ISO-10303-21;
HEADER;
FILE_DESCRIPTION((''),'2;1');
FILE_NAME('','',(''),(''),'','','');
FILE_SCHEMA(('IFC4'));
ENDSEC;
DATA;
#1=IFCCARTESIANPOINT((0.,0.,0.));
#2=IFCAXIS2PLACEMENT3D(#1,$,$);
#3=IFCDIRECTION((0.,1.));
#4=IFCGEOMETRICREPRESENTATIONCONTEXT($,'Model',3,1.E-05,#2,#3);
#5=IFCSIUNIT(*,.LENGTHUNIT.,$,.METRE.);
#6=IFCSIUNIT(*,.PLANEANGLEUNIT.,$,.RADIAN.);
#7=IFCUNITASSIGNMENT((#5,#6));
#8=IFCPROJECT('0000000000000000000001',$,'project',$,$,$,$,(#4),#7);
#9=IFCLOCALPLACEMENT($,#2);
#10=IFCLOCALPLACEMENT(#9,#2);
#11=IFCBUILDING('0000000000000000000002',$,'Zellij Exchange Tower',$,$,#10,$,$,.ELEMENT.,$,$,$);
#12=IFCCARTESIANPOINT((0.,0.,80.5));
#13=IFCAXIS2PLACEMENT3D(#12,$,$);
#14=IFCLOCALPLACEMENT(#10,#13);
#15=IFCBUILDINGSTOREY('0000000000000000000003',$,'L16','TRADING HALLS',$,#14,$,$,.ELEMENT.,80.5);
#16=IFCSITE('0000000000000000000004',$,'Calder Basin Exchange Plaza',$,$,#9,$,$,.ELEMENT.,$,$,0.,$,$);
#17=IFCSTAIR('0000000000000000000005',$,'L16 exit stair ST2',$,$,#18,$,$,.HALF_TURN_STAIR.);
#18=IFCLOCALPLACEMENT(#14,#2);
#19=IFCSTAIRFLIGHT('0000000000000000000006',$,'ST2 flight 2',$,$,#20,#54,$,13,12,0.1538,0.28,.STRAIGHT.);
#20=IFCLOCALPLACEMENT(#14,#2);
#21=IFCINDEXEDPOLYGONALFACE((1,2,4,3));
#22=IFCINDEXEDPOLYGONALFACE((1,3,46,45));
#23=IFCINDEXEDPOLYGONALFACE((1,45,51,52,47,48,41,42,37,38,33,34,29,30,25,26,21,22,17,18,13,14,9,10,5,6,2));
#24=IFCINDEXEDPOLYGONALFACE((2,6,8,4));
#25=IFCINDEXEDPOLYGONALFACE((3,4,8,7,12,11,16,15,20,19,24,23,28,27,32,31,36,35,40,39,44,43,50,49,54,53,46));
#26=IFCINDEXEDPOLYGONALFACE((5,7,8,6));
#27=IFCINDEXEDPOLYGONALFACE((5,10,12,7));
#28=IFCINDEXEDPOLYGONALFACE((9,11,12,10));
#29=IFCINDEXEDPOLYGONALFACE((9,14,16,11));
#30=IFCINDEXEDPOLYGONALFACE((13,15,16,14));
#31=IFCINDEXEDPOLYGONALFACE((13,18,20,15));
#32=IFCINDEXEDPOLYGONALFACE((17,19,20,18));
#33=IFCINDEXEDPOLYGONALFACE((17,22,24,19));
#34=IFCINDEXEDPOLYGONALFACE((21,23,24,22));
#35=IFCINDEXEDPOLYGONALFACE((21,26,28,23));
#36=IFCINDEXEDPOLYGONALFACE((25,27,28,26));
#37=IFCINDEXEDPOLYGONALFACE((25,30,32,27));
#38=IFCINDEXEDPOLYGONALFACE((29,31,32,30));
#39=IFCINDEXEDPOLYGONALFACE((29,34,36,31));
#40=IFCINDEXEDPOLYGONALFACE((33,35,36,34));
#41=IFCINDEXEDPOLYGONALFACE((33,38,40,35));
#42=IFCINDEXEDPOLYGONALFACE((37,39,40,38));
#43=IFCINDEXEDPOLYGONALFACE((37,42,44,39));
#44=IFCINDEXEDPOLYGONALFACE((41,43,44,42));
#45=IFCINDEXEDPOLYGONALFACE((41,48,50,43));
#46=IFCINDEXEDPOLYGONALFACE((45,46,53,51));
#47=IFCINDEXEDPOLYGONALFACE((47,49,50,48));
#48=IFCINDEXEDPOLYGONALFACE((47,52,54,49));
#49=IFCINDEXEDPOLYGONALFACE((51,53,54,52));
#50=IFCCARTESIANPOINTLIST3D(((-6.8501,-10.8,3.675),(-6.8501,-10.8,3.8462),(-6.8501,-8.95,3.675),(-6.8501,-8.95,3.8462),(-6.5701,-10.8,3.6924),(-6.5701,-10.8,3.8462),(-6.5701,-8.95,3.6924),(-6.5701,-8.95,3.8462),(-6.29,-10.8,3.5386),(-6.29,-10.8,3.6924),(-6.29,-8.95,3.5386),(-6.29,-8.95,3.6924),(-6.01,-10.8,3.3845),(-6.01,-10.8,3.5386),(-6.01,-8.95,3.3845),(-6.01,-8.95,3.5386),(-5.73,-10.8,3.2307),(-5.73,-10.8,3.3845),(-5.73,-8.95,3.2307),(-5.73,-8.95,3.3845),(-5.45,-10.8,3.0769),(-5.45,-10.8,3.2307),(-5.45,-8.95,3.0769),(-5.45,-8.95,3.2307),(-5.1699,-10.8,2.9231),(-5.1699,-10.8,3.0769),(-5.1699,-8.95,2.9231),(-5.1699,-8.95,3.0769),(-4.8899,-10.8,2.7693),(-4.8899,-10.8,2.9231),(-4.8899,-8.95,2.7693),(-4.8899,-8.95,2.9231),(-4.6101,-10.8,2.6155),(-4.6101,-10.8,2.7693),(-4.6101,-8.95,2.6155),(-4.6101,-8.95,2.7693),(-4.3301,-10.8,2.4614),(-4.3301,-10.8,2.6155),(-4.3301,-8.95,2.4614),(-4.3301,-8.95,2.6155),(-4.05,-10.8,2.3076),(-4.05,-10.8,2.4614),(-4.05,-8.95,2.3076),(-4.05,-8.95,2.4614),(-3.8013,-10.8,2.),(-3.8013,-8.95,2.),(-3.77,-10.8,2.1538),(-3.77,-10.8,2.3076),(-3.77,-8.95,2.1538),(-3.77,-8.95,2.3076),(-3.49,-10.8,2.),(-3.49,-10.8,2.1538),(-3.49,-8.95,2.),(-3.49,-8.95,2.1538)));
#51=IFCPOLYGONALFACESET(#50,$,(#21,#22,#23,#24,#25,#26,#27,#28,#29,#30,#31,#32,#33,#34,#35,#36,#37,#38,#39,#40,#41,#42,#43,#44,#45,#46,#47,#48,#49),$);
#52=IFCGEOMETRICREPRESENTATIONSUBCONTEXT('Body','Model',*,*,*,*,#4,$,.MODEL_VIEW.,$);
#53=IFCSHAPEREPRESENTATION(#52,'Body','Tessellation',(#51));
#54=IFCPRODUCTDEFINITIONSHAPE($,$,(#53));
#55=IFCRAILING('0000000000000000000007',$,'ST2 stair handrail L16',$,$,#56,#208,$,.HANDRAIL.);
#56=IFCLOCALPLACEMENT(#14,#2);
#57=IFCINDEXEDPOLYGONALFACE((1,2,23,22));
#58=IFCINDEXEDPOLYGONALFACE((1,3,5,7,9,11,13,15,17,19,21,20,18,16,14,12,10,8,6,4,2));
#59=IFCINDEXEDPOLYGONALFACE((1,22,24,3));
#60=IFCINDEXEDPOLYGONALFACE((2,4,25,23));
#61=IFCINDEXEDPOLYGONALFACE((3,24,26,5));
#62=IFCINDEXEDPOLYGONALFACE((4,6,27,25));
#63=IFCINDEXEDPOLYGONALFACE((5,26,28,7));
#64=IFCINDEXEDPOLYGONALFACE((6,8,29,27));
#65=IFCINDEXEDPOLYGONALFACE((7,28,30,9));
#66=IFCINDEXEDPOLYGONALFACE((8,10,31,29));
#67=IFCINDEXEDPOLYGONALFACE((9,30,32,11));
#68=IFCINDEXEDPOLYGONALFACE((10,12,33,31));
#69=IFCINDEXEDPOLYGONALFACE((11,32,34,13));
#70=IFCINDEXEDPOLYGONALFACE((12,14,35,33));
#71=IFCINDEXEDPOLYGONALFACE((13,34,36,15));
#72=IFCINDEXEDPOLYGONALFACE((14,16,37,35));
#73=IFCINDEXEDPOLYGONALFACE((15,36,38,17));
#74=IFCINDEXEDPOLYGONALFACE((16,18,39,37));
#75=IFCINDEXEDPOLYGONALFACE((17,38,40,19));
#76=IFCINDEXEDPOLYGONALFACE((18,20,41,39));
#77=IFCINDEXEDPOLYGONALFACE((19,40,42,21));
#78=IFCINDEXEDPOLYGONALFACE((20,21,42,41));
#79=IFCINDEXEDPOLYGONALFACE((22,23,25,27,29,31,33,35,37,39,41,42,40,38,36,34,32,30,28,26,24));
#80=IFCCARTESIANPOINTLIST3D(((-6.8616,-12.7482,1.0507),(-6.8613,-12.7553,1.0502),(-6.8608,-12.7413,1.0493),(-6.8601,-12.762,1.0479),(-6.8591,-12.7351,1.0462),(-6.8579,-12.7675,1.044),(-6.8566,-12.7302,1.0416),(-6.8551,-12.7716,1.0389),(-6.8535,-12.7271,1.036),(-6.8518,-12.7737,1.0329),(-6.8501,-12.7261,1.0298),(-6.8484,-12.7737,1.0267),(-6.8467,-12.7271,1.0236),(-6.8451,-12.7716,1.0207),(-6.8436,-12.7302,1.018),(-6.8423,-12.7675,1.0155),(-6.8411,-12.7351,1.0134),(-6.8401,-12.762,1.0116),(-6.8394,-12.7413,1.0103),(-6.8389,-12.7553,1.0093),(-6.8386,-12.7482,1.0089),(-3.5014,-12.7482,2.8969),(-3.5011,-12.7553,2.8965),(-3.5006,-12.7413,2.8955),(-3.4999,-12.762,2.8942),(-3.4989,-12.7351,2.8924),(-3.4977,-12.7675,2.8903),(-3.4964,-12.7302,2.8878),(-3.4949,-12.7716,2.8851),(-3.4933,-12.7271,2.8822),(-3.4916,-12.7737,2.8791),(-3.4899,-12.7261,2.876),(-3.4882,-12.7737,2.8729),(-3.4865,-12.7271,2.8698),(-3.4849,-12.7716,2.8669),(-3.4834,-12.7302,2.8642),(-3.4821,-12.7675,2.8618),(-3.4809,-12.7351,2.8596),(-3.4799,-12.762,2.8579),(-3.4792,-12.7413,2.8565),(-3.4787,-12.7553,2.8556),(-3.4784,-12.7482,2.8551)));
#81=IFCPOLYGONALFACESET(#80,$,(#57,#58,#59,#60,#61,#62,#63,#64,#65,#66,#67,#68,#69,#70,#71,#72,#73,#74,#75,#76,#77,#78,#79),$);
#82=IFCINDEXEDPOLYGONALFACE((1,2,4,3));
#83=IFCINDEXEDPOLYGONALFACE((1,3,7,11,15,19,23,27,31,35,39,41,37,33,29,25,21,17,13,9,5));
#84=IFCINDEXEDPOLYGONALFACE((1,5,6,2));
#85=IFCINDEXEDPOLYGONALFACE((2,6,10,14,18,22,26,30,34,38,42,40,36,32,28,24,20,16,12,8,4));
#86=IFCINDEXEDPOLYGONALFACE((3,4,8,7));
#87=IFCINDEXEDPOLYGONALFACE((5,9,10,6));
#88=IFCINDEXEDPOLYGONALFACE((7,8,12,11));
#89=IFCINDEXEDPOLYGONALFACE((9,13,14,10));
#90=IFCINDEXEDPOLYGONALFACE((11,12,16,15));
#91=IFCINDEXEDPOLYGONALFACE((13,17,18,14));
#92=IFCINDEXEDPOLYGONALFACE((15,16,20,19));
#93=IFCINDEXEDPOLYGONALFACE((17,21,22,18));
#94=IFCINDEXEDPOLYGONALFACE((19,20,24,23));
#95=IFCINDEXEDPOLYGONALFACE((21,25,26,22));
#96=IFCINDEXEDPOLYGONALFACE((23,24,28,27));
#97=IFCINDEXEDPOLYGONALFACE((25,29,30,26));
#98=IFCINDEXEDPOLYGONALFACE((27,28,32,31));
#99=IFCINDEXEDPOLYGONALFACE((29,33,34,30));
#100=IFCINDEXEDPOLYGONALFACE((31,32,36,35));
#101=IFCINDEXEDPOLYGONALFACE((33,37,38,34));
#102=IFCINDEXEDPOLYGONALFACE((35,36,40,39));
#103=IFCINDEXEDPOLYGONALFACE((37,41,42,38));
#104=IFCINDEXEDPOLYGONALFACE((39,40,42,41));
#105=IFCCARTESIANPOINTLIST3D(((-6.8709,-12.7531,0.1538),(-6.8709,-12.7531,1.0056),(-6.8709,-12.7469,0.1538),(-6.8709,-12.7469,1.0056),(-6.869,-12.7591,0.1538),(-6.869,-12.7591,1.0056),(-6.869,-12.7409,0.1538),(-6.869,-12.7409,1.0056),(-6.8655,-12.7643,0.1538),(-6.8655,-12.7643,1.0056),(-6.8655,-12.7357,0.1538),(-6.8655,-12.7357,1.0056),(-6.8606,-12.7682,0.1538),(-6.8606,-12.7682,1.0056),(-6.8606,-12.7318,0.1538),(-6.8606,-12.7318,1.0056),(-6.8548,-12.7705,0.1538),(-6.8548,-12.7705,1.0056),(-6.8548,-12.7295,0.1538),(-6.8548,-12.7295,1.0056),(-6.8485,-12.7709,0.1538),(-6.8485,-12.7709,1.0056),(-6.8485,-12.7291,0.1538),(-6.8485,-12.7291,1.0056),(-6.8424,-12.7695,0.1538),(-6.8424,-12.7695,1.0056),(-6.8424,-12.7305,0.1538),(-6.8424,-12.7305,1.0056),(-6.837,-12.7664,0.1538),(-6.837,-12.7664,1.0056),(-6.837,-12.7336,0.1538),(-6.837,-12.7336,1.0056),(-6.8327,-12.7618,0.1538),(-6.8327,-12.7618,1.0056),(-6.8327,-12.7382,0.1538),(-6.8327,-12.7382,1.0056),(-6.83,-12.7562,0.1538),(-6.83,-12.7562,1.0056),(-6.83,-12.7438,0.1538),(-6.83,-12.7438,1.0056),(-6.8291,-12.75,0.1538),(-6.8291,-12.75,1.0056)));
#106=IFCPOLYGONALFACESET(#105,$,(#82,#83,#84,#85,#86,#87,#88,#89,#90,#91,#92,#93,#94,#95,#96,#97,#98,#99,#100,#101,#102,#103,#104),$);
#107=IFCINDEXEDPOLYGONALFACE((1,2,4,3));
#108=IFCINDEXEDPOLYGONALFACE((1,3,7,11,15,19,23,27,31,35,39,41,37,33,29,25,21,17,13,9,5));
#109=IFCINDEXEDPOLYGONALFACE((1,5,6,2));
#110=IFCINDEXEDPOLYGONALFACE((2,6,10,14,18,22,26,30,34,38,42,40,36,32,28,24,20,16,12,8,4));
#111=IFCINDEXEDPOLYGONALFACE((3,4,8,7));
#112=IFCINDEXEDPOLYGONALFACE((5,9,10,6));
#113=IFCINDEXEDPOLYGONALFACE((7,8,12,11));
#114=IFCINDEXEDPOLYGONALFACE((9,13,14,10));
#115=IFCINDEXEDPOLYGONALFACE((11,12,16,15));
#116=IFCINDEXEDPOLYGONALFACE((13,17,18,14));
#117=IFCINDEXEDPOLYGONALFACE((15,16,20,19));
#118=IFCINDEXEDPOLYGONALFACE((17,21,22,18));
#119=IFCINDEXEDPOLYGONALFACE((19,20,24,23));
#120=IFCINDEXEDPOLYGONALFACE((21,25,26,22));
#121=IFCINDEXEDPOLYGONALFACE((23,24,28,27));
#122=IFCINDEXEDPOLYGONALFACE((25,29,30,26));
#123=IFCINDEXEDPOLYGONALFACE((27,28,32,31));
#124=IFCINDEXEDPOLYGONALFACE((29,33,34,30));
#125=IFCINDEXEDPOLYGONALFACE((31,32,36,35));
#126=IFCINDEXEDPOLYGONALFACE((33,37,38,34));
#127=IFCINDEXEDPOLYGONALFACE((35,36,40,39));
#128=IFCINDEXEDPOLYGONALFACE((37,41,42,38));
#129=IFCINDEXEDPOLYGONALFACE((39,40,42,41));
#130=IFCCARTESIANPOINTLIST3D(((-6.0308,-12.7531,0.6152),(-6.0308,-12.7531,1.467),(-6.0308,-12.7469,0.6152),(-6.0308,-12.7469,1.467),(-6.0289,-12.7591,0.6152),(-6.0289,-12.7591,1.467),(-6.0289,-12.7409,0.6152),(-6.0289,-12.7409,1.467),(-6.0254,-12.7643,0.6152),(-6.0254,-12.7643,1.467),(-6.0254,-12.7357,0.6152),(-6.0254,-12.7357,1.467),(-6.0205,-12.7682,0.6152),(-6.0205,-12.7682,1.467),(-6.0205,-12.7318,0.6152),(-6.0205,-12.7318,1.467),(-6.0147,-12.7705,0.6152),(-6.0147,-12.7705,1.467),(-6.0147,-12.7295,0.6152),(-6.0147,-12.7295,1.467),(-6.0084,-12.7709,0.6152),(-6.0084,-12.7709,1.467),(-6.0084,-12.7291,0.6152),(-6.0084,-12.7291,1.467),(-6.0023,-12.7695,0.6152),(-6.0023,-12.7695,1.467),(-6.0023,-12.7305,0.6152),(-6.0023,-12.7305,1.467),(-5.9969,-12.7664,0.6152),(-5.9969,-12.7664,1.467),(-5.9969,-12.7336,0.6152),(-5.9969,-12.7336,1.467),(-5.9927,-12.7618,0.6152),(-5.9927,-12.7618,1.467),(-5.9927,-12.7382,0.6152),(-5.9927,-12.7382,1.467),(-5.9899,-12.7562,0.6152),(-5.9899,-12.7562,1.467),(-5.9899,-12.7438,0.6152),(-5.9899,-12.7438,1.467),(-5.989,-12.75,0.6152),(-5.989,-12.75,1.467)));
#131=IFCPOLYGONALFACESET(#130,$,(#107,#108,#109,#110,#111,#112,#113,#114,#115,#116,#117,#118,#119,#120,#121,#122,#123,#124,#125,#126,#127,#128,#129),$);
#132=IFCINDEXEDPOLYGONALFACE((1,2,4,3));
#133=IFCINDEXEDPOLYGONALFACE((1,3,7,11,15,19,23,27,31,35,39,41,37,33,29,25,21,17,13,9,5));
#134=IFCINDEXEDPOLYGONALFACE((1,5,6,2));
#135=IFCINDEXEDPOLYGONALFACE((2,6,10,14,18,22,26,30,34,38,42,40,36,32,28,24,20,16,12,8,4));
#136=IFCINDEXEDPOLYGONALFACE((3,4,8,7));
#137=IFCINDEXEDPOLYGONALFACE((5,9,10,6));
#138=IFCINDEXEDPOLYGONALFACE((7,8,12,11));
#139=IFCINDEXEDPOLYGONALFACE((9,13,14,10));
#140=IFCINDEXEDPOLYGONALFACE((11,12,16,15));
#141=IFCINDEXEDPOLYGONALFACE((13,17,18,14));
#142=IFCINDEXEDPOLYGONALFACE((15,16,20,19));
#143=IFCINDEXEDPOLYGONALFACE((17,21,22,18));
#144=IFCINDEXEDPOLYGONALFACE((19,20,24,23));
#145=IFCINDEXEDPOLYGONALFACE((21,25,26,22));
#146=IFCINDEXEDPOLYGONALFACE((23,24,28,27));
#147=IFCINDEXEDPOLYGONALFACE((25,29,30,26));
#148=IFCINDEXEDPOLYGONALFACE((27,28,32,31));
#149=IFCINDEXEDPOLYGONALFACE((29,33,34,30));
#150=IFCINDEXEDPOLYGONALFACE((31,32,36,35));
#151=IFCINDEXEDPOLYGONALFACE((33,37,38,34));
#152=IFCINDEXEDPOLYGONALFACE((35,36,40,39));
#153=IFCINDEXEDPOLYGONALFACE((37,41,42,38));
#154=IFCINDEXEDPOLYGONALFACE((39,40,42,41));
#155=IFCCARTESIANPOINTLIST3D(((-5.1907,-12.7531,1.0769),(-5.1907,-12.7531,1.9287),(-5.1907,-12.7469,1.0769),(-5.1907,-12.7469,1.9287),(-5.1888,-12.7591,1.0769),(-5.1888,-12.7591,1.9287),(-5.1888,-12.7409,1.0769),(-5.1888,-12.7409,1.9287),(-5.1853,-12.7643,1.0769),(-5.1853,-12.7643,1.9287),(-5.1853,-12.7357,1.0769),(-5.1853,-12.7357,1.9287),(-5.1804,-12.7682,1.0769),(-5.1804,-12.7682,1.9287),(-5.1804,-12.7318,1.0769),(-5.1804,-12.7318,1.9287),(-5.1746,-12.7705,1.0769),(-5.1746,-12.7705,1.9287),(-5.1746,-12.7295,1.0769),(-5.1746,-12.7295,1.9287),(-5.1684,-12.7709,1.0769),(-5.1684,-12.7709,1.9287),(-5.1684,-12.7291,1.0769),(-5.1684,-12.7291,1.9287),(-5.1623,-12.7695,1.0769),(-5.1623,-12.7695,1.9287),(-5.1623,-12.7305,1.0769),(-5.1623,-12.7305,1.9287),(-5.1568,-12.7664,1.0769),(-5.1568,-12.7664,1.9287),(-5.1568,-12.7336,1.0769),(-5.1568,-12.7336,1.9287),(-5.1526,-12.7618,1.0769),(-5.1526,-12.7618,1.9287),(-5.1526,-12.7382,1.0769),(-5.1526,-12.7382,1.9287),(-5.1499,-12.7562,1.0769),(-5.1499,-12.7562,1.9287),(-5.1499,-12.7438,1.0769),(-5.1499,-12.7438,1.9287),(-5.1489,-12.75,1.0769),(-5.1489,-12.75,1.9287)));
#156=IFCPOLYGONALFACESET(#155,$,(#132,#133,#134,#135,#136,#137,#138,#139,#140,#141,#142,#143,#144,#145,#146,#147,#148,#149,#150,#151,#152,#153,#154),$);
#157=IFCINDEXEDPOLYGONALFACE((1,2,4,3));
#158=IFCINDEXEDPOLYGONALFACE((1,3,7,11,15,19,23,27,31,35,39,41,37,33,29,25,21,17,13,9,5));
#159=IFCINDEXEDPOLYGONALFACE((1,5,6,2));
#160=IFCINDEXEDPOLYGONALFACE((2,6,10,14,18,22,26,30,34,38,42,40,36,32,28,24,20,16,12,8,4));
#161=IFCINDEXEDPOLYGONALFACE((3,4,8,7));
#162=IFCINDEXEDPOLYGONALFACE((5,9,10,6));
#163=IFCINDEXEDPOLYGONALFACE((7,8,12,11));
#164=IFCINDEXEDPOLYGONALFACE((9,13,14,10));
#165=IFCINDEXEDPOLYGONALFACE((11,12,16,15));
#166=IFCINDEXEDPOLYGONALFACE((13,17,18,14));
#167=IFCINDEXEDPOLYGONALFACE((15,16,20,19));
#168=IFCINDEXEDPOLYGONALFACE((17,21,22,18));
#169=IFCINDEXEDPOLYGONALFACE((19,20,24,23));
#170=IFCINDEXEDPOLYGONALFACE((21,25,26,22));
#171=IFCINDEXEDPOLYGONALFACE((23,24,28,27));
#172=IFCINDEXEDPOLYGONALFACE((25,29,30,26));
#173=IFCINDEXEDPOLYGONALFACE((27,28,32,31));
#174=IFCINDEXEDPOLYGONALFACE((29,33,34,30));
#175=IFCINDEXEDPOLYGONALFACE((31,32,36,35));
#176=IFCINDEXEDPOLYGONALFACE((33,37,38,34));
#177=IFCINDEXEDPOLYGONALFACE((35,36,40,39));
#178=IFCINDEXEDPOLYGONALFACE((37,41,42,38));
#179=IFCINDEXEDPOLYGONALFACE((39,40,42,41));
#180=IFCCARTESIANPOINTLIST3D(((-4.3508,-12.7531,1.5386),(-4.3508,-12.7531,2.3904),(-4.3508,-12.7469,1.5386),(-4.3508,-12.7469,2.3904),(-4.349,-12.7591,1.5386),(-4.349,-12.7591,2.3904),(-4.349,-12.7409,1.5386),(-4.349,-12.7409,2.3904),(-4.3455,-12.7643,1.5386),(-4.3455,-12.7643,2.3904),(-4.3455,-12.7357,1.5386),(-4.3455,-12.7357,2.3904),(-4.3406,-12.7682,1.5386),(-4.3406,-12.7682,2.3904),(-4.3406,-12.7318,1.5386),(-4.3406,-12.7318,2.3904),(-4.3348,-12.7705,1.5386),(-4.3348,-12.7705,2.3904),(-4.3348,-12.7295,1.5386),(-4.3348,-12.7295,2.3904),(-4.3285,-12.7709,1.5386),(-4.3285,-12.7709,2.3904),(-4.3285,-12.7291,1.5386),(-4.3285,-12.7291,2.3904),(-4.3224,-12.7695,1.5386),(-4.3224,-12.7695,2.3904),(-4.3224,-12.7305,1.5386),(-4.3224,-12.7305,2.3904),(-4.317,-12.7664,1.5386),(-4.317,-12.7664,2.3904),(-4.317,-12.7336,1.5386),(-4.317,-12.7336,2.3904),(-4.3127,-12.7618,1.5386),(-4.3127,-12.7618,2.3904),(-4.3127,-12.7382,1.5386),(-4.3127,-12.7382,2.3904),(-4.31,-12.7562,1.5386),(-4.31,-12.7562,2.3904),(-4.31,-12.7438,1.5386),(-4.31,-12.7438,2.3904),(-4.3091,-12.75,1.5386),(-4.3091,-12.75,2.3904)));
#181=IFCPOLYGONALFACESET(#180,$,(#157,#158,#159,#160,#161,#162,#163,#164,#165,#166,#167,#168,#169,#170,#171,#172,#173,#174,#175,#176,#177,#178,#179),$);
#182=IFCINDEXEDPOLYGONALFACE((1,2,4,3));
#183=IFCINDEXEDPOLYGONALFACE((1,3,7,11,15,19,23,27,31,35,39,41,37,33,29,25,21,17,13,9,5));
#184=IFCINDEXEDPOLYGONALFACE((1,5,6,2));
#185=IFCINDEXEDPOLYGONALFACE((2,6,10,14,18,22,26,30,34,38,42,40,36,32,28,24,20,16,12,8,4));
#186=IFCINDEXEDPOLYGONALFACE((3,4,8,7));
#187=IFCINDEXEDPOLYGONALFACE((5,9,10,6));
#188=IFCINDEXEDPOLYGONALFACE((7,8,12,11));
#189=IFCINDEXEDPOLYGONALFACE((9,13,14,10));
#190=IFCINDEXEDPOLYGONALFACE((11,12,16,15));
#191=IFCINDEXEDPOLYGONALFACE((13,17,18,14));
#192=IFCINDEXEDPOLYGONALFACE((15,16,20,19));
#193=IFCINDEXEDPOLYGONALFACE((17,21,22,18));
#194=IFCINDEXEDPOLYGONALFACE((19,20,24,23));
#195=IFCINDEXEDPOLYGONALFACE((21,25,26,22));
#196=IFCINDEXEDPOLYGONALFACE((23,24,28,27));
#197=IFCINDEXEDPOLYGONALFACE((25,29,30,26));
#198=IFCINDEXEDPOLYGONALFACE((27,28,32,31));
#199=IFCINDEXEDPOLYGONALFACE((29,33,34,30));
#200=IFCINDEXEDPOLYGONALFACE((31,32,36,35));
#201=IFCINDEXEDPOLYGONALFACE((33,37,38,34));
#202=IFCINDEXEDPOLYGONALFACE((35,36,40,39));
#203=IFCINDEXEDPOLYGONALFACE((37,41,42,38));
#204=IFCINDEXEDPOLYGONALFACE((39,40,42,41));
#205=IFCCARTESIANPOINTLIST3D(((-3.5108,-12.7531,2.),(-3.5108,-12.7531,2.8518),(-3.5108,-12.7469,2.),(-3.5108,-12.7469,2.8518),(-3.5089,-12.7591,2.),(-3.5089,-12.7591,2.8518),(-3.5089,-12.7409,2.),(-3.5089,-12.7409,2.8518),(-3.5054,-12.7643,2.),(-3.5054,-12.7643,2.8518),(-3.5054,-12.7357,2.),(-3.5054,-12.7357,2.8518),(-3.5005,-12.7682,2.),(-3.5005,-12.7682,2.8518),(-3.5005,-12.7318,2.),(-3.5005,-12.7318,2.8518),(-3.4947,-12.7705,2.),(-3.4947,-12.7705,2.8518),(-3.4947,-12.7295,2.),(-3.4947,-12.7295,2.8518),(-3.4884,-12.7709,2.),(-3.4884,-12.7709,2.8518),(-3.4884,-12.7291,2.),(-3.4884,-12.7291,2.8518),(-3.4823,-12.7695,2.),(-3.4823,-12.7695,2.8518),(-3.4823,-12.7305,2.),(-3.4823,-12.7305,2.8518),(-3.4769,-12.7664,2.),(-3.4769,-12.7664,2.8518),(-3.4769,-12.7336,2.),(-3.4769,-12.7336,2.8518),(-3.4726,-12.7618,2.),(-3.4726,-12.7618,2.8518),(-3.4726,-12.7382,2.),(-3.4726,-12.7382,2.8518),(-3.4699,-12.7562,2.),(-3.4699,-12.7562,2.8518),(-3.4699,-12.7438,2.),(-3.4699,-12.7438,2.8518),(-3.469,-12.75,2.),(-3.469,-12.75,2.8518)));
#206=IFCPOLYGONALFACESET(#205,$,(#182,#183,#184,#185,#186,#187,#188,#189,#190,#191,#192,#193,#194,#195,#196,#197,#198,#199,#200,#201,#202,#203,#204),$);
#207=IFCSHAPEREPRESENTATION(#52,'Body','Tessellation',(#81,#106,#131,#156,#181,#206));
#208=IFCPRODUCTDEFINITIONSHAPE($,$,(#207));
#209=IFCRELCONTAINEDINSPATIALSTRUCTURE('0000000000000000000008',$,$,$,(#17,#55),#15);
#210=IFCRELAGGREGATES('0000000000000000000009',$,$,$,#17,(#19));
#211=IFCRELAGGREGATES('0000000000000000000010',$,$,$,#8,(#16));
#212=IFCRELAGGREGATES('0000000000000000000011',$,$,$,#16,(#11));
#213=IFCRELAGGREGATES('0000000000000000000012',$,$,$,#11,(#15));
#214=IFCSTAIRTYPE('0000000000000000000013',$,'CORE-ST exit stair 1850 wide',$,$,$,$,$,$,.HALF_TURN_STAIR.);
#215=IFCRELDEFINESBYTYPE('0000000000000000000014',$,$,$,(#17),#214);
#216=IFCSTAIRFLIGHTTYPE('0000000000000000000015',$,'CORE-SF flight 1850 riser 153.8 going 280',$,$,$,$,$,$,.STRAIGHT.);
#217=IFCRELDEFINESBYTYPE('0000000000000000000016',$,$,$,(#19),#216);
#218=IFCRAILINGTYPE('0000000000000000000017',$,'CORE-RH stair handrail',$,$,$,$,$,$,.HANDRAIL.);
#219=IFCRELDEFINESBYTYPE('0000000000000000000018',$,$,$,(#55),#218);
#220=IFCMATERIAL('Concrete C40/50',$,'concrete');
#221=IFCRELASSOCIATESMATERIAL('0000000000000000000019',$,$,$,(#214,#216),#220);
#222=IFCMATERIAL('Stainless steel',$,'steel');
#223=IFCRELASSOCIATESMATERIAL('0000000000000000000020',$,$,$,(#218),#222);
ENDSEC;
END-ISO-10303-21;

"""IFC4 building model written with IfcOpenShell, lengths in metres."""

from ifc_helpers import new_model, si_unit, direction, frame, origin, origin_2d, place, context, subcontext, project, spatial, polyline, circle, outline, extrude, material, type_object, element, aggregate, save


model = new_model("IFC4")

# Units and contexts
model_context = context("Model", 3, precision=1e-05, world=origin(), true_north=direction((0.0, 1.0)))
body_context = subcontext(model_context, "Body", "Model", "MODEL_VIEW")
ifc_project = project(units=[si_unit("LENGTHUNIT", "METRE"), si_unit("PLANEANGLEUNIT", "RADIAN")], contexts=[model_context])

# Site, building, storey
site_placement = place(None, origin())
site = spatial("IfcSite", under=ifc_project, at=site_placement, Name="Calder Basin Exchange Plaza", CompositionType="ELEMENT", RefElevation=0.0)
building_placement = place(site_placement, origin())
building = spatial("IfcBuilding", under=site, at=building_placement, Name="Zellij Exchange Tower", CompositionType="ELEMENT")
storey_placement = place(building_placement, frame((0.0, 0.0, 80.5)))
storey = spatial("IfcBuildingStorey", under=building, at=storey_placement, Name="L16", Description="TRADING HALLS", CompositionType="ELEMENT", Elevation=80.5)

# Stair, stair flight
ifc_material_1 = material(Name="Concrete C40/50", Category="concrete")
stair_type = type_object("IfcStairType", Name="CORE-ST exit stair 1850 wide", PredefinedType="HALF_TURN_STAIR", material=ifc_material_1)
stair_placement = place(storey_placement, origin())
stair = element("IfcStair", 1, at=stair_placement, inside=storey, type_object=stair_type, Name="L16 exit stair ST2", PredefinedType="HALF_TURN_STAIR")
stair_flight_type = type_object("IfcStairFlightType", Name="CORE-SF flight 1850 riser 153.8 going 280", PredefinedType="STRAIGHT", material=ifc_material_1)
stair_flight_1_placement = place(storey_placement, frame((-3.49, -9.875, 2.0), z_axis=(0.0, 0.0, 1.0), x_axis=(-1.0, 0.0, 0.0)))
stair_flight_1 = element("IfcStairFlight", 2, at=stair_flight_1_placement, type_object=stair_flight_type, Name="ST2 flight 2", NumberOfRisers=13, NumberOfTreads=12, PredefinedType="STRAIGHT", RiserHeight=0.1538, TreadLength=0.28, context=body_context, shape_type="SweptSolid", body=[
    extrude(outline(polyline([(0.0, 0.0), (0.0, 0.1538), (0.28, 0.1538), (0.28, 0.3076), (0.5601, 0.3076), (0.5601, 0.4614), (0.8401, 0.4614), (0.8401, 0.6155), (1.1201, 0.6155), (1.1201, 0.7693), (1.3999, 0.7693), (1.3999, 0.9231), (1.6799, 0.9231), (1.6799, 1.0769), (1.96, 1.0769), (1.96, 1.2307), (2.24, 1.2307), (2.24, 1.3845), (2.52, 1.3845), (2.52, 1.5386), (2.8, 1.5386), (2.8, 1.6924), (3.0801, 1.6924), (3.0801, 1.8462), (3.3601, 1.8462), (3.3601, 2.0), (3.3601, 1.675), (0.3113, 0.0), (0.0, 0.0)])), frame((0.0, 0.925, 0.0), z_axis=(0.0, -1.0, 0.0), x_axis=(1.0, 0.0, 0.0)), (0.0, 0.0, 1.0), 1.8501),
])
aggregate(stair, [stair_flight_1])

# Railing
ifc_material_2 = material(Name="Stainless steel", Category="steel")
railing_type_1 = type_object("IfcRailingType", Name="CORE-RH stair handrail", PredefinedType="HANDRAIL", material=ifc_material_2)
railing_1_placement = place(storey_placement, frame((-6.8501, -12.75, 0.1538)))
element("IfcRailing", 3, at=railing_1_placement, inside=storey, type_object=railing_type_1, Name="ST2 stair handrail L16", PredefinedType="HANDRAIL", context=body_context, shape_type="SweptSolid", body=[
    extrude(circle(Radius=0.0239, at=origin_2d()), frame((0.0, 0.0, 0.876), z_axis=(0.876422, 0.0, 0.481545), x_axis=(0.0, 1.0, 0.0)), (0.0, 0.0, 1.0), 3.834),
    extrude(circle(Radius=0.021, at=origin_2d()), origin(), (0.0, 0.0, 1.0), 0.8518),
    extrude(circle(Radius=0.021, at=origin_2d()), frame((0.8401, 0.0, 0.4614)), (0.0, 0.0, 1.0), 0.8518),
    extrude(circle(Radius=0.021, at=origin_2d()), frame((1.6802, 0.0, 0.9231)), (0.0, 0.0, 1.0), 0.8518),
    extrude(circle(Radius=0.021, at=origin_2d()), frame((2.52, 0.0, 1.3848)), (0.0, 0.0, 1.0), 0.8518),
    extrude(circle(Radius=0.021, at=origin_2d()), frame((3.3601, 0.0, 1.8462)), (0.0, 0.0, 1.0), 0.8518),
])

save(model, "model.ifc")
